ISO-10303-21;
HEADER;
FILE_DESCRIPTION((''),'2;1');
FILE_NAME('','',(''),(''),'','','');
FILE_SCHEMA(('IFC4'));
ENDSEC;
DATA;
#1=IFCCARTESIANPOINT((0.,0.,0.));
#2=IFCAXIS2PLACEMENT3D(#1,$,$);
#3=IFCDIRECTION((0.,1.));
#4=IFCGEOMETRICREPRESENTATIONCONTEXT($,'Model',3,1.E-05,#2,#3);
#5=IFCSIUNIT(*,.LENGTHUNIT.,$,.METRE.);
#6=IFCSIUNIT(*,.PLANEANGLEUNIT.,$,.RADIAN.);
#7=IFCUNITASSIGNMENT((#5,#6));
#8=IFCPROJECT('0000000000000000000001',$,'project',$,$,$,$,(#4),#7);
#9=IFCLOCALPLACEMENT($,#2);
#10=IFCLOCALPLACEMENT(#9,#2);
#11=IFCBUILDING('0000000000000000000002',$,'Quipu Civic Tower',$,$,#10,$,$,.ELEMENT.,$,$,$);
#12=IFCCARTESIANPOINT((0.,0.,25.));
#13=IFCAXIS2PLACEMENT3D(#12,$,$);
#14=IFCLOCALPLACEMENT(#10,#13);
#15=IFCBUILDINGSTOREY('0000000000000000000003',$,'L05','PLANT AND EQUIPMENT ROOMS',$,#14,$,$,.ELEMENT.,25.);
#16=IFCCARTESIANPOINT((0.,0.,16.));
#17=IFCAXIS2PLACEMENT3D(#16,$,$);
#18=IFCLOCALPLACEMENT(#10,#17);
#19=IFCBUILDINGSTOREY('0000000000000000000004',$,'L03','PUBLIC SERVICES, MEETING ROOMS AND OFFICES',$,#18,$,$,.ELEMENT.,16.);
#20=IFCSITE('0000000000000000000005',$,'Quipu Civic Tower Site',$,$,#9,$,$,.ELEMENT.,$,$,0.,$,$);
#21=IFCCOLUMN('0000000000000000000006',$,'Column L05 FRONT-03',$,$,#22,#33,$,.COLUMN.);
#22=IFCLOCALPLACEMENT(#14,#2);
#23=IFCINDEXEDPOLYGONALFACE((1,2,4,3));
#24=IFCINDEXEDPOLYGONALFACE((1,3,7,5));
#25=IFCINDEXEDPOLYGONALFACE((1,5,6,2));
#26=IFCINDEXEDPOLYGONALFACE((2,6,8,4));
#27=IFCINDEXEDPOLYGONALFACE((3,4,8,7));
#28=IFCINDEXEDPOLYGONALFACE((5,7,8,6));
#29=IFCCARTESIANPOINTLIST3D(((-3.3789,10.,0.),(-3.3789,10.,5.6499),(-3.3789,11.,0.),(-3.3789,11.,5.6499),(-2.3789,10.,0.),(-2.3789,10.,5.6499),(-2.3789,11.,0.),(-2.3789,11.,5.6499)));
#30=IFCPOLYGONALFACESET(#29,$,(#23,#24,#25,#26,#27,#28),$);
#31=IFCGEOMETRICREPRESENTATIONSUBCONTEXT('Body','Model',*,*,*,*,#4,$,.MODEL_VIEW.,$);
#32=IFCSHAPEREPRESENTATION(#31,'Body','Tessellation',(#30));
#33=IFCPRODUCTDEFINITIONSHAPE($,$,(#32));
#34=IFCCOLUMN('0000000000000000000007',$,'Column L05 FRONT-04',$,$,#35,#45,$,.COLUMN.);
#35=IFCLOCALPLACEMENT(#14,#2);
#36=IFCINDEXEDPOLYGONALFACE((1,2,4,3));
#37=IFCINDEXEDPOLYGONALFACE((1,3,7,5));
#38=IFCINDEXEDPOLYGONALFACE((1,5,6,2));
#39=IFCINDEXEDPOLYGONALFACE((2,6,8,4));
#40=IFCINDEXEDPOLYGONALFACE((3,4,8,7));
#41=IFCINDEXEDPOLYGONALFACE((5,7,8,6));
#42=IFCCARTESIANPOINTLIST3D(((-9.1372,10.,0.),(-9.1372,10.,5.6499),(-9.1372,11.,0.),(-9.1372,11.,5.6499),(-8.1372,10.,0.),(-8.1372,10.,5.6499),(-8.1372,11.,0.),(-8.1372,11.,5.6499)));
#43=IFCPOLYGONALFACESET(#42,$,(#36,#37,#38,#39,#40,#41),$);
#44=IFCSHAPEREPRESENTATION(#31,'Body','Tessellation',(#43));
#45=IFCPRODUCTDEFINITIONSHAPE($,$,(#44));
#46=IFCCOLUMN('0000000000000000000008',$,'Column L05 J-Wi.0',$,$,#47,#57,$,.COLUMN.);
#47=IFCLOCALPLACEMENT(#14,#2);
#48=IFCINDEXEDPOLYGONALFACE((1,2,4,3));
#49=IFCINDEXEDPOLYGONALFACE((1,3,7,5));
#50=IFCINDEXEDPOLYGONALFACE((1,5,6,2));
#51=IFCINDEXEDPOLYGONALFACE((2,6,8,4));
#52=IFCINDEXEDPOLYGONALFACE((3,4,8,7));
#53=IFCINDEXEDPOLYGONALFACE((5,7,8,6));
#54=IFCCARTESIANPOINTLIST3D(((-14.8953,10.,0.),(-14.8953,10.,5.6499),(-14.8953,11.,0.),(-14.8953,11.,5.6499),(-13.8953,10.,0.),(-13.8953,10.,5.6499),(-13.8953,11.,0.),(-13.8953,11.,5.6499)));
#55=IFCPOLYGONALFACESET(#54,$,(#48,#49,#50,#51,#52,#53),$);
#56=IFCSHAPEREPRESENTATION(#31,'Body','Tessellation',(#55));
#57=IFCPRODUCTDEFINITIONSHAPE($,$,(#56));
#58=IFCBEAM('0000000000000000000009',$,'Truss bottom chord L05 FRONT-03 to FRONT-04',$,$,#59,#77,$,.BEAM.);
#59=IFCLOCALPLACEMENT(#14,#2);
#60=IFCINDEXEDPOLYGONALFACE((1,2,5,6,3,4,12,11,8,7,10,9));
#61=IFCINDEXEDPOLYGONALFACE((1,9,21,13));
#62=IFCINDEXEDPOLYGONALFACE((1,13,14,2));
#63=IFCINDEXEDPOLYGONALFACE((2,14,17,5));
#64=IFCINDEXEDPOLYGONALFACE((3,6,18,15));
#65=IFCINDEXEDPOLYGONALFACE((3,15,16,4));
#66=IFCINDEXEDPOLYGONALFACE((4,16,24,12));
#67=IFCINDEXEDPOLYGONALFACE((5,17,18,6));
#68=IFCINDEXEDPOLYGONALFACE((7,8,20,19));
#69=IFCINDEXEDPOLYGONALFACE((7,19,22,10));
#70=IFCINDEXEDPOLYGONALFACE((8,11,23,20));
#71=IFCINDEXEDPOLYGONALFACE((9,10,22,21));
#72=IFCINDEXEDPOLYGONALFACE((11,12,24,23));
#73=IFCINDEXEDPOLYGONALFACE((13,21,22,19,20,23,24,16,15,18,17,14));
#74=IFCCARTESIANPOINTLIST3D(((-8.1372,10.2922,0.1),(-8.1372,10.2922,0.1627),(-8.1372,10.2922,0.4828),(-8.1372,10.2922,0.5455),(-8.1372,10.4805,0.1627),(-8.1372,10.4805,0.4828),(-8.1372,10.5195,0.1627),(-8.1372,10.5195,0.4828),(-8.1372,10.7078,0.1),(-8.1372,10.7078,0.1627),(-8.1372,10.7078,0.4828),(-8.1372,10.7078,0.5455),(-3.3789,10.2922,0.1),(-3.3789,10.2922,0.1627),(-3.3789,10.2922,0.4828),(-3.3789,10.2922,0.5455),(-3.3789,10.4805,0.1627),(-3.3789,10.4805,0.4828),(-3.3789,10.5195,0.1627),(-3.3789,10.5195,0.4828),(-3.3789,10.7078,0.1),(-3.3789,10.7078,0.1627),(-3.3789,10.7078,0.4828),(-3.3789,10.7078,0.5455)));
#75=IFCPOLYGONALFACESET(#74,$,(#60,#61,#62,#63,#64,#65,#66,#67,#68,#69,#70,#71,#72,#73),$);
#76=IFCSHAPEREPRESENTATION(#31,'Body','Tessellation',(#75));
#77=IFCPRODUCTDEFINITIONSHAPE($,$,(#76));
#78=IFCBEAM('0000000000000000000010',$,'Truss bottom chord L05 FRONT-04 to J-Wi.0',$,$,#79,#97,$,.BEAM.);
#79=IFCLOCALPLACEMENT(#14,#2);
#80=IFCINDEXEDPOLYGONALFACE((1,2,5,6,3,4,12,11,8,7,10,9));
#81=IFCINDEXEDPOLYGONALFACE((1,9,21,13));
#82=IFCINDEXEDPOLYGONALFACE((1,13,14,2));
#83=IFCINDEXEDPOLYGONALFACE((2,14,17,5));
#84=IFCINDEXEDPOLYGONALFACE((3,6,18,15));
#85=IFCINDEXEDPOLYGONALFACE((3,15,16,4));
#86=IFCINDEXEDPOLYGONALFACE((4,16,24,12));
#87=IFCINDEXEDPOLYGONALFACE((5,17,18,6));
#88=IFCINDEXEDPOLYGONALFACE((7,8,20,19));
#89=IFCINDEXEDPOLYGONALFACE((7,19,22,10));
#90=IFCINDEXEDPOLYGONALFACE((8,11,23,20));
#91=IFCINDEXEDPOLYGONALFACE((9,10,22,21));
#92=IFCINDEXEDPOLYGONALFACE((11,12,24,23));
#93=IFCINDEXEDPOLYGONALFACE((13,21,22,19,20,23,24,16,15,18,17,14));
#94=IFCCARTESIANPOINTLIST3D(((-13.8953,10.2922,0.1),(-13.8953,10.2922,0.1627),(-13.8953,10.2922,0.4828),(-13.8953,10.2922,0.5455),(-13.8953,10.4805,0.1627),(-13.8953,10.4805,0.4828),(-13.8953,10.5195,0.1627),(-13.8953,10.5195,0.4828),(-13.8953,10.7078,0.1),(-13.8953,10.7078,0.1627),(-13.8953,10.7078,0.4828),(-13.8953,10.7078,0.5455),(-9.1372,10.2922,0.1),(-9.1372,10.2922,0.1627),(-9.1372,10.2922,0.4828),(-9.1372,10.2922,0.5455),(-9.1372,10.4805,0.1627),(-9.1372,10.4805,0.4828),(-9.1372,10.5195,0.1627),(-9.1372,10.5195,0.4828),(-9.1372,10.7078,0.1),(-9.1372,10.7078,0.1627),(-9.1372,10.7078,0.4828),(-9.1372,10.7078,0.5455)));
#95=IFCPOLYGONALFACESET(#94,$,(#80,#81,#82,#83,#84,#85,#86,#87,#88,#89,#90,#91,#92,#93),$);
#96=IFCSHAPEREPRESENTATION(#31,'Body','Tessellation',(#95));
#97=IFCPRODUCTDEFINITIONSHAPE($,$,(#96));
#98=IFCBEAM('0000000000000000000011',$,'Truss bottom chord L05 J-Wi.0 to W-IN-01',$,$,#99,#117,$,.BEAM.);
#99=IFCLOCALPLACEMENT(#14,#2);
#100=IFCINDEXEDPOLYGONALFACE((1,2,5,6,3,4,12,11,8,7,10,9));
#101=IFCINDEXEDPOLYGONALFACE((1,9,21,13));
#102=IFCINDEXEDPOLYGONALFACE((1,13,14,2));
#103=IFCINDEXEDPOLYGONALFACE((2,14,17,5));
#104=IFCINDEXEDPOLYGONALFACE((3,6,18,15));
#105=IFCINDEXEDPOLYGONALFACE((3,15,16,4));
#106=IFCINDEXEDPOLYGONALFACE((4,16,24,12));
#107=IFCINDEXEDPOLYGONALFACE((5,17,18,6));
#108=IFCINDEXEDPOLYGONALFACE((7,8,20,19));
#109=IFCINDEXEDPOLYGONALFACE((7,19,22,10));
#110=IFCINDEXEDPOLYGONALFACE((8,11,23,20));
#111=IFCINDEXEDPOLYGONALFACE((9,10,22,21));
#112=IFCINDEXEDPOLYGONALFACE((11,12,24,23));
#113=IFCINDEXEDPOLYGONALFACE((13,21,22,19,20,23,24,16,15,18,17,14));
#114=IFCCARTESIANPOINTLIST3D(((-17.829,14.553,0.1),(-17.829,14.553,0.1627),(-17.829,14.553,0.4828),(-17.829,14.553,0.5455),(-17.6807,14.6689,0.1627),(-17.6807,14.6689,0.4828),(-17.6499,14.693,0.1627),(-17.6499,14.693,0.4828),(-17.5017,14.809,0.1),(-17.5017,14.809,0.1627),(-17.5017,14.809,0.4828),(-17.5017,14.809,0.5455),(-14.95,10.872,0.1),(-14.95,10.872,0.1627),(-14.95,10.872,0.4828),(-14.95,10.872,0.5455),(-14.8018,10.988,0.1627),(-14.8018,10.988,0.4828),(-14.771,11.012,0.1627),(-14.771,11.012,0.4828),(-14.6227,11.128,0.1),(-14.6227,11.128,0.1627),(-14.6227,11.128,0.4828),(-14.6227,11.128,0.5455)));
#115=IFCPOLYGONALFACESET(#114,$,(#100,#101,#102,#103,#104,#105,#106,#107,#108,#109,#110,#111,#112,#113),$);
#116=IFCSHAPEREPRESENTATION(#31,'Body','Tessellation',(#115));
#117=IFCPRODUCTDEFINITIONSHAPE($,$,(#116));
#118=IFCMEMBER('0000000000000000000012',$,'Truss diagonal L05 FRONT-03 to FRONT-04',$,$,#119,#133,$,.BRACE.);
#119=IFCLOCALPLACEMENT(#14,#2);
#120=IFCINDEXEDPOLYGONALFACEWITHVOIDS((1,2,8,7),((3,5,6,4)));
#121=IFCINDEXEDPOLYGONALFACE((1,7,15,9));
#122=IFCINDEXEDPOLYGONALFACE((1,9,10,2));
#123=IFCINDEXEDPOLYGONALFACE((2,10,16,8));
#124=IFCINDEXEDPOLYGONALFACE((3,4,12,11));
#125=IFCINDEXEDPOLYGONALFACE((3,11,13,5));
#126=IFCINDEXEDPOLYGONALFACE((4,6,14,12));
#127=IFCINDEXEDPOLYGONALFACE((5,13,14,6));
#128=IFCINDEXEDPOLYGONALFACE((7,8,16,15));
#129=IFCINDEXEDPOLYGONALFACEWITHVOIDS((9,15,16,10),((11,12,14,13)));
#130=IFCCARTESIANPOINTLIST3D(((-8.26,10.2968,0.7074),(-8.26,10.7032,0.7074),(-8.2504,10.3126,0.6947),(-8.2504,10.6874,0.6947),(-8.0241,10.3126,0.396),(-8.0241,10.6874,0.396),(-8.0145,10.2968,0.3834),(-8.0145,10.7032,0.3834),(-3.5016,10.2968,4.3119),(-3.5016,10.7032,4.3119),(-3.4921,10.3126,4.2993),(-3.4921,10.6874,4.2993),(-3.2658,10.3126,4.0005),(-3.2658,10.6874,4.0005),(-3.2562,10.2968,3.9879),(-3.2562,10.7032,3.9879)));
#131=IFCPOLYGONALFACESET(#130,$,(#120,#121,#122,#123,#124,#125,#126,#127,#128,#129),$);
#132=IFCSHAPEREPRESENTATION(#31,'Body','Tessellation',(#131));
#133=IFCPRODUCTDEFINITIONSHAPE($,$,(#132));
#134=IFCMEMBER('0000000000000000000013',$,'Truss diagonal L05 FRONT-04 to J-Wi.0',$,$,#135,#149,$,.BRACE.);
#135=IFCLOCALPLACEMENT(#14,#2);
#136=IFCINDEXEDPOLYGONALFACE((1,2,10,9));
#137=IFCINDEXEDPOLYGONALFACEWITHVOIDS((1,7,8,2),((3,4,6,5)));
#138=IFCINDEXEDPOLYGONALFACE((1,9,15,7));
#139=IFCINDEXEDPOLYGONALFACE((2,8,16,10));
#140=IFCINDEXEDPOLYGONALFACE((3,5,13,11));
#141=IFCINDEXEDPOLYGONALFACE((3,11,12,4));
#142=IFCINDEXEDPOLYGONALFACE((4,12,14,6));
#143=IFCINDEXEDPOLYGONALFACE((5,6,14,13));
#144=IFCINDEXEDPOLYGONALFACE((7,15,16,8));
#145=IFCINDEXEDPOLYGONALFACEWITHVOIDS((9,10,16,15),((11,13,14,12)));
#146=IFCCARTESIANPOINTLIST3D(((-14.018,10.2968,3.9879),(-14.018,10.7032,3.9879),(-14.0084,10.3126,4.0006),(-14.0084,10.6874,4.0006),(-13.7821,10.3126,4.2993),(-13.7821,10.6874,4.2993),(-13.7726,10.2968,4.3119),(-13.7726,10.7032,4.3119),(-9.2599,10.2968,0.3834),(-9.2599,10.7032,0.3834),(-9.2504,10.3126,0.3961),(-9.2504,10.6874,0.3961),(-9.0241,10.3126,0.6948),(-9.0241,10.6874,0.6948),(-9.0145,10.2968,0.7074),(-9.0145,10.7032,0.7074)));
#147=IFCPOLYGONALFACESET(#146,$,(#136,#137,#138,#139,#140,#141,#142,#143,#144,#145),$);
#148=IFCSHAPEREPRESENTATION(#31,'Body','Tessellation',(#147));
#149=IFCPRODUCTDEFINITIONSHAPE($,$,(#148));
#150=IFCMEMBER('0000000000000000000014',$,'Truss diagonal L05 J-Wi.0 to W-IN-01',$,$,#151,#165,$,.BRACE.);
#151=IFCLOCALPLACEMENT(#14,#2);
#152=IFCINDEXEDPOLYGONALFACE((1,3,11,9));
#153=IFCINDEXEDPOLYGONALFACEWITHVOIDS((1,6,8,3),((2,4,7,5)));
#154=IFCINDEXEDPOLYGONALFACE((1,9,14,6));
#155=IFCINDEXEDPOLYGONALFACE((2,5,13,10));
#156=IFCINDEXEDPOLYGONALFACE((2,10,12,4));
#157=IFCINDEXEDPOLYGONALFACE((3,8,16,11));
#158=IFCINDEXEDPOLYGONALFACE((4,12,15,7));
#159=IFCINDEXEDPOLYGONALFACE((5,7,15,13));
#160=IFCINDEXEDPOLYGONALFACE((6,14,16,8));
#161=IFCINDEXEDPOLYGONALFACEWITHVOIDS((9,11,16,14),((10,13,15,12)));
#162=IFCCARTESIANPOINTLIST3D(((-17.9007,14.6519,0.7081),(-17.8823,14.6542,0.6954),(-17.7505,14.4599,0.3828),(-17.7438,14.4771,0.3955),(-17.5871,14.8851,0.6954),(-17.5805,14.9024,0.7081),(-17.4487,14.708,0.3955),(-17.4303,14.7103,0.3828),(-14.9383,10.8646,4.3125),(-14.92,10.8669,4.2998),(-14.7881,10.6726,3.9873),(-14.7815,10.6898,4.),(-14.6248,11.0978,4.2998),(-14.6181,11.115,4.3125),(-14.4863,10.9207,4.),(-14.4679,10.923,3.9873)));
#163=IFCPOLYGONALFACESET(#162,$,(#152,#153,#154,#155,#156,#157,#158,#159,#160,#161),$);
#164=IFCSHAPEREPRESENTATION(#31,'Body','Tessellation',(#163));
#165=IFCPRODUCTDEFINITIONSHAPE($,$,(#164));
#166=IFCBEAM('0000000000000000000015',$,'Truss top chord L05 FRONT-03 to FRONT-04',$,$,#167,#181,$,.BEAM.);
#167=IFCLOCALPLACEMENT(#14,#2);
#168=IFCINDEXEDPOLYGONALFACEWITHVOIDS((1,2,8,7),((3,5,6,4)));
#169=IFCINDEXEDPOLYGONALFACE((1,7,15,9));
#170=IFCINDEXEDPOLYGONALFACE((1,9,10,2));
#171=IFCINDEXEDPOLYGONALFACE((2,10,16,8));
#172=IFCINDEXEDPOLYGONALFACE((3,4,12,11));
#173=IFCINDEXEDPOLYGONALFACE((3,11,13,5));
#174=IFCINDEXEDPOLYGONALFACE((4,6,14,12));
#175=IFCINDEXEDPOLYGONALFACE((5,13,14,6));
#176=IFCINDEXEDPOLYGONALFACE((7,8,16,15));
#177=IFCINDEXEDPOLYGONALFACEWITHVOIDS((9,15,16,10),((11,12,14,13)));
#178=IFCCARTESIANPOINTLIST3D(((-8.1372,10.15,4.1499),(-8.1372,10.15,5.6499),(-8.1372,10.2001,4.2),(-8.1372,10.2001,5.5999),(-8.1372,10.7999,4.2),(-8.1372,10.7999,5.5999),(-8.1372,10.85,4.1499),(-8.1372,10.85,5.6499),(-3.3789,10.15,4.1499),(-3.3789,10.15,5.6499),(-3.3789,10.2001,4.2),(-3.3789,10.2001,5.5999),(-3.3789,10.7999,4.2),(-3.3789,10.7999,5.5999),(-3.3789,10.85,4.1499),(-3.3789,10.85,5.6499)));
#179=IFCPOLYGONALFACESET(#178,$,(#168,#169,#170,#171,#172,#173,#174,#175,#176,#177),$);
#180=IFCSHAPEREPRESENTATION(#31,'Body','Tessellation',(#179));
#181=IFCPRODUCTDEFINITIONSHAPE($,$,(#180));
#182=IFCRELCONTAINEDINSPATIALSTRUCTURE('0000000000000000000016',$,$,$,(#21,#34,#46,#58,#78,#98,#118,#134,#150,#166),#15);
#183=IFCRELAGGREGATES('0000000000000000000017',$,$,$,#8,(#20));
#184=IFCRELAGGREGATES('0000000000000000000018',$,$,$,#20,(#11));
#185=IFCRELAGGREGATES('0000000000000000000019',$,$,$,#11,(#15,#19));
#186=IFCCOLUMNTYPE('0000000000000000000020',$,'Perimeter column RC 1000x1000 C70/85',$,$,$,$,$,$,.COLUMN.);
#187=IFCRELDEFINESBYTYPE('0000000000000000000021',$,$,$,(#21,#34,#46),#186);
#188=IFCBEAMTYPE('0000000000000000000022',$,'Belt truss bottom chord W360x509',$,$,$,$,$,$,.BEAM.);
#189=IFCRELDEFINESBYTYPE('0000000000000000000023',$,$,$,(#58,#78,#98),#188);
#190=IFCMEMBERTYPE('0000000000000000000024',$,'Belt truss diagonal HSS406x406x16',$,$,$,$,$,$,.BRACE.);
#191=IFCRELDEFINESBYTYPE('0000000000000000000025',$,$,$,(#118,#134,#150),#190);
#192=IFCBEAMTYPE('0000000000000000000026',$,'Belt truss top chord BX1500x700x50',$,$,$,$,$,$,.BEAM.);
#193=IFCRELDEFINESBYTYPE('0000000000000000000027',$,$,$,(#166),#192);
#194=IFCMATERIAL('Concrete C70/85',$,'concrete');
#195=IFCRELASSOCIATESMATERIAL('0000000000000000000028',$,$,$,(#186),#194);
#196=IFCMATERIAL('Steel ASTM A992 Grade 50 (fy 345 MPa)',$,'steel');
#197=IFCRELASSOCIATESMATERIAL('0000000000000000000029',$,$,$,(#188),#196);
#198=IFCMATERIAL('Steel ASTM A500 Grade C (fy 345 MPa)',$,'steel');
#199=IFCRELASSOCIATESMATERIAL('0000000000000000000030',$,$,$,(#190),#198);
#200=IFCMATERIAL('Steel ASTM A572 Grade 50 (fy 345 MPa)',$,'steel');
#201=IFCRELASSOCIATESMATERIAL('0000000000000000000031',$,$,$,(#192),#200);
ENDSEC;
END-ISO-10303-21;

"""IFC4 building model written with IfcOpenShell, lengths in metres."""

from ifc_helpers import new_model, si_unit, direction, frame, origin, origin_2d, place, context, subcontext, project, spatial, rectangle, hollow_rectangle, i_section, extrude, material, material_profile, profile_set, type_object, element, save


model = new_model("IFC4")

# Units and contexts
model_context = context("Model", 3, precision=1e-05, world=origin(), true_north=direction((0.0, 1.0)))
body_context = subcontext(model_context, "Body", "Model", "MODEL_VIEW")
ifc_project = project(units=[si_unit("LENGTHUNIT", "METRE"), si_unit("PLANEANGLEUNIT", "RADIAN")], contexts=[model_context])

# Site, building, storey
site_placement = place(None, origin())
site = spatial("IfcSite", under=ifc_project, at=site_placement, Name="Quipu Civic Tower Site", CompositionType="ELEMENT", RefElevation=0.0)
building_placement = place(site_placement, origin())
building = spatial("IfcBuilding", under=site, at=building_placement, Name="Quipu Civic Tower", CompositionType="ELEMENT")
storey_1_placement = place(building_placement, frame((0.0, 0.0, 25.0)))
storey_1 = spatial("IfcBuildingStorey", under=building, at=storey_1_placement, Name="L05", Description="PLANT AND EQUIPMENT ROOMS", CompositionType="ELEMENT", Elevation=25.0)

# Columns
ifc_material_1 = material(Name="Concrete C70/85", Category="concrete")
ifc_material_profile_1 = material_profile(ifc_material_1, rectangle(XDim=1.0, YDim=1.0, at=origin_2d()), Name="RC1000x1000")
ifc_profile_set_1 = profile_set([ifc_material_profile_1], Name="Concrete C70/85")
column_type = type_object("IfcColumnType", Name="Perimeter column RC 1000x1000 C70/85", PredefinedType="COLUMN", material=ifc_profile_set_1)
for number, where, z_axis, x_axis, name in (
    (1, (-2.8789, 10.5, 0.0), (0.0, 0.0, 1.0), (-1.0, 0.0, 0.0), "Column L05 FRONT-03"),
    (2, (-8.6372, 10.5, 0.0), (0.0, 0.0, 1.0), (-1.0, 0.0, 0.0), "Column L05 FRONT-04"),
    (3, (-14.3953, 10.5, 0.0), (0.0, 0.0, 1.0), (-1.0, 0.0, 0.0), "Column L05 J-Wi.0"),
):
    element("IfcColumn", number, at=place(storey_1_placement, frame(where, z_axis=z_axis, x_axis=x_axis)), inside=storey_1, type_object=column_type, Name=name, PredefinedType="COLUMN", context=body_context, shape_type="SweptSolid", body=[
        extrude(rectangle(XDim=1.0, YDim=1.0, at=origin_2d()), origin(), (0.0, 0.0, 1.0), 5.6499),
    ])

# Beams
ifc_material_2 = material(Name="Steel ASTM A992 Grade 50 (fy 345 MPa)", Category="steel")
ifc_material_profile_2 = material_profile(ifc_material_2, i_section(OverallWidth=0.4155, OverallDepth=0.4456, WebThickness=0.0391, FlangeThickness=0.0627, at=origin_2d()), Name="W360x509")
ifc_profile_set_2 = profile_set([ifc_material_profile_2], Name="Steel ASTM A992 Grade 50 (fy 345 MPa)")
beam_type_1 = type_object("IfcBeamType", Name="Belt truss bottom chord W360x509", PredefinedType="BEAM", material=ifc_profile_set_2)
beam_1_placement = place(storey_1_placement, frame((-3.3789, 10.5, 0.3228), z_axis=(-1.0, 0.0, 0.0), x_axis=(0.0, -1.0, 0.0)))
element("IfcBeam", 4, at=beam_1_placement, inside=storey_1, type_object=beam_type_1, Name="Truss bottom chord L05 FRONT-03 to FRONT-04", PredefinedType="BEAM", context=body_context, shape_type="SweptSolid", body=[
    extrude(i_section(OverallWidth=0.4155, OverallDepth=0.4456, WebThickness=0.0391, FlangeThickness=0.0627, at=origin_2d()), origin(), (0.0, 0.0, 1.0), 4.7583),
])
beam_2_placement = place(storey_1_placement, frame((-9.1372, 10.5, 0.3228), z_axis=(-1.0, 0.0, 0.0), x_axis=(0.0, -1.0, 0.0)))
element("IfcBeam", 5, at=beam_2_placement, inside=storey_1, type_object=beam_type_1, Name="Truss bottom chord L05 FRONT-04 to J-Wi.0", PredefinedType="BEAM", context=body_context, shape_type="SweptSolid", body=[
    extrude(i_section(OverallWidth=0.4155, OverallDepth=0.4456, WebThickness=0.0391, FlangeThickness=0.0627, at=origin_2d()), origin(), (0.0, 0.0, 1.0), 4.7581),
])
beam_3_placement = place(storey_1_placement, frame((-14.7864, 11.0, 0.3228), z_axis=(-0.616069, 0.787692, 0.0), x_axis=(-0.787692, -0.616069, 0.0)))
element("IfcBeam", 6, at=beam_3_placement, inside=storey_1, type_object=beam_type_1, Name="Truss bottom chord L05 J-Wi.0 to W-IN-01", PredefinedType="BEAM", context=body_context, shape_type="SweptSolid", body=[
    extrude(i_section(OverallWidth=0.4155, OverallDepth=0.4456, WebThickness=0.0391, FlangeThickness=0.0627, at=origin_2d()), origin(), (0.0, 0.0, 1.0), 4.6731),
])

# Members
ifc_material_3 = material(Name="Steel ASTM A500 Grade C (fy 345 MPa)", Category="steel")
ifc_material_profile_3 = material_profile(ifc_material_3, hollow_rectangle(XDim=0.4065, YDim=0.4065, WallThickness=0.0159, at=origin_2d()), Name="HSS406x406x16")
ifc_profile_set_3 = profile_set([ifc_material_profile_3], Name="Steel ASTM A500 Grade C (fy 345 MPa)")
member_type_1 = type_object("IfcMemberType", Name="Belt truss diagonal HSS406x406x16", PredefinedType="BRACE", material=ifc_profile_set_3)
member_1_placement = place(storey_1_placement, frame((-3.3789, 10.5, 4.1499), z_axis=(-0.797115, 0.0, -0.603828), x_axis=(0.0, -1.0, 0.0)))
element("IfcMember", 7, at=member_1_placement, inside=storey_1, type_object=member_type_1, Name="Truss diagonal L05 FRONT-03 to FRONT-04", PredefinedType="BRACE", context=body_context, shape_type="SweptSolid", body=[
    extrude(hollow_rectangle(XDim=0.4065, YDim=0.4065, WallThickness=0.0159, at=origin_2d()), origin(), (0.0, 0.0, 1.0), 5.9695),
])
member_2_placement = place(storey_1_placement, frame((-9.1372, 10.5, 0.5454), z_axis=(-0.7971, 0.0, 0.603847), x_axis=(0.0, -1.0, 0.0)))
element("IfcMember", 8, at=member_2_placement, inside=storey_1, type_object=member_type_1, Name="Truss diagonal L05 FRONT-04 to J-Wi.0", PredefinedType="BRACE", context=body_context, shape_type="SweptSolid", body=[
    extrude(hollow_rectangle(XDim=0.4065, YDim=0.4065, WallThickness=0.0159, at=origin_2d()), origin(), (0.0, 0.0, 1.0), 5.9692),
])
member_3_placement = place(storey_1_placement, frame((-14.7031, 10.8938, 4.1499), z_axis=(-0.492966, 0.630244, -0.599814), x_axis=(-0.787668, -0.6161, 0.0)))
element("IfcMember", 9, at=member_3_placement, inside=storey_1, type_object=member_type_1, Name="Truss diagonal L05 J-Wi.0 to W-IN-01", PredefinedType="BRACE", context=body_context, shape_type="SweptSolid", body=[
    extrude(hollow_rectangle(XDim=0.4065, YDim=0.4065, WallThickness=0.0159, at=origin_2d()), origin(), (0.0, 0.0, 1.0), 6.0093),
])

# Beam
ifc_material_4 = material(Name="Steel ASTM A572 Grade 50 (fy 345 MPa)", Category="steel")
ifc_material_profile_4 = material_profile(ifc_material_4, hollow_rectangle(XDim=0.7, YDim=1.5, WallThickness=0.05, at=origin_2d()), Name="BX1500x700x50")
ifc_profile_set_4 = profile_set([ifc_material_profile_4], Name="Steel ASTM A572 Grade 50 (fy 345 MPa)")
beam_type_2 = type_object("IfcBeamType", Name="Belt truss top chord BX1500x700x50", PredefinedType="BEAM", material=ifc_profile_set_4)
beam_4_placement = place(storey_1_placement, frame((-3.3789, 10.5, 4.8999), z_axis=(-1.0, 0.0, 0.0), x_axis=(0.0, -1.0, 0.0)))
element("IfcBeam", 10, at=beam_4_placement, inside=storey_1, type_object=beam_type_2, Name="Truss top chord L05 FRONT-03 to FRONT-04", PredefinedType="BEAM", context=body_context, shape_type="SweptSolid", body=[
    extrude(hollow_rectangle(XDim=0.7, YDim=1.5, WallThickness=0.05, at=origin_2d()), origin(), (0.0, 0.0, 1.0), 4.7583),
])

# Shared definitions
storey_2_placement = place(building_placement, frame((0.0, 0.0, 16.0)))
storey_2 = spatial("IfcBuildingStorey", under=building, at=storey_2_placement, Name="L03", Description="PUBLIC SERVICES, MEETING ROOMS AND OFFICES", CompositionType="ELEMENT", Elevation=16.0)

save(model, "model.ifc")
